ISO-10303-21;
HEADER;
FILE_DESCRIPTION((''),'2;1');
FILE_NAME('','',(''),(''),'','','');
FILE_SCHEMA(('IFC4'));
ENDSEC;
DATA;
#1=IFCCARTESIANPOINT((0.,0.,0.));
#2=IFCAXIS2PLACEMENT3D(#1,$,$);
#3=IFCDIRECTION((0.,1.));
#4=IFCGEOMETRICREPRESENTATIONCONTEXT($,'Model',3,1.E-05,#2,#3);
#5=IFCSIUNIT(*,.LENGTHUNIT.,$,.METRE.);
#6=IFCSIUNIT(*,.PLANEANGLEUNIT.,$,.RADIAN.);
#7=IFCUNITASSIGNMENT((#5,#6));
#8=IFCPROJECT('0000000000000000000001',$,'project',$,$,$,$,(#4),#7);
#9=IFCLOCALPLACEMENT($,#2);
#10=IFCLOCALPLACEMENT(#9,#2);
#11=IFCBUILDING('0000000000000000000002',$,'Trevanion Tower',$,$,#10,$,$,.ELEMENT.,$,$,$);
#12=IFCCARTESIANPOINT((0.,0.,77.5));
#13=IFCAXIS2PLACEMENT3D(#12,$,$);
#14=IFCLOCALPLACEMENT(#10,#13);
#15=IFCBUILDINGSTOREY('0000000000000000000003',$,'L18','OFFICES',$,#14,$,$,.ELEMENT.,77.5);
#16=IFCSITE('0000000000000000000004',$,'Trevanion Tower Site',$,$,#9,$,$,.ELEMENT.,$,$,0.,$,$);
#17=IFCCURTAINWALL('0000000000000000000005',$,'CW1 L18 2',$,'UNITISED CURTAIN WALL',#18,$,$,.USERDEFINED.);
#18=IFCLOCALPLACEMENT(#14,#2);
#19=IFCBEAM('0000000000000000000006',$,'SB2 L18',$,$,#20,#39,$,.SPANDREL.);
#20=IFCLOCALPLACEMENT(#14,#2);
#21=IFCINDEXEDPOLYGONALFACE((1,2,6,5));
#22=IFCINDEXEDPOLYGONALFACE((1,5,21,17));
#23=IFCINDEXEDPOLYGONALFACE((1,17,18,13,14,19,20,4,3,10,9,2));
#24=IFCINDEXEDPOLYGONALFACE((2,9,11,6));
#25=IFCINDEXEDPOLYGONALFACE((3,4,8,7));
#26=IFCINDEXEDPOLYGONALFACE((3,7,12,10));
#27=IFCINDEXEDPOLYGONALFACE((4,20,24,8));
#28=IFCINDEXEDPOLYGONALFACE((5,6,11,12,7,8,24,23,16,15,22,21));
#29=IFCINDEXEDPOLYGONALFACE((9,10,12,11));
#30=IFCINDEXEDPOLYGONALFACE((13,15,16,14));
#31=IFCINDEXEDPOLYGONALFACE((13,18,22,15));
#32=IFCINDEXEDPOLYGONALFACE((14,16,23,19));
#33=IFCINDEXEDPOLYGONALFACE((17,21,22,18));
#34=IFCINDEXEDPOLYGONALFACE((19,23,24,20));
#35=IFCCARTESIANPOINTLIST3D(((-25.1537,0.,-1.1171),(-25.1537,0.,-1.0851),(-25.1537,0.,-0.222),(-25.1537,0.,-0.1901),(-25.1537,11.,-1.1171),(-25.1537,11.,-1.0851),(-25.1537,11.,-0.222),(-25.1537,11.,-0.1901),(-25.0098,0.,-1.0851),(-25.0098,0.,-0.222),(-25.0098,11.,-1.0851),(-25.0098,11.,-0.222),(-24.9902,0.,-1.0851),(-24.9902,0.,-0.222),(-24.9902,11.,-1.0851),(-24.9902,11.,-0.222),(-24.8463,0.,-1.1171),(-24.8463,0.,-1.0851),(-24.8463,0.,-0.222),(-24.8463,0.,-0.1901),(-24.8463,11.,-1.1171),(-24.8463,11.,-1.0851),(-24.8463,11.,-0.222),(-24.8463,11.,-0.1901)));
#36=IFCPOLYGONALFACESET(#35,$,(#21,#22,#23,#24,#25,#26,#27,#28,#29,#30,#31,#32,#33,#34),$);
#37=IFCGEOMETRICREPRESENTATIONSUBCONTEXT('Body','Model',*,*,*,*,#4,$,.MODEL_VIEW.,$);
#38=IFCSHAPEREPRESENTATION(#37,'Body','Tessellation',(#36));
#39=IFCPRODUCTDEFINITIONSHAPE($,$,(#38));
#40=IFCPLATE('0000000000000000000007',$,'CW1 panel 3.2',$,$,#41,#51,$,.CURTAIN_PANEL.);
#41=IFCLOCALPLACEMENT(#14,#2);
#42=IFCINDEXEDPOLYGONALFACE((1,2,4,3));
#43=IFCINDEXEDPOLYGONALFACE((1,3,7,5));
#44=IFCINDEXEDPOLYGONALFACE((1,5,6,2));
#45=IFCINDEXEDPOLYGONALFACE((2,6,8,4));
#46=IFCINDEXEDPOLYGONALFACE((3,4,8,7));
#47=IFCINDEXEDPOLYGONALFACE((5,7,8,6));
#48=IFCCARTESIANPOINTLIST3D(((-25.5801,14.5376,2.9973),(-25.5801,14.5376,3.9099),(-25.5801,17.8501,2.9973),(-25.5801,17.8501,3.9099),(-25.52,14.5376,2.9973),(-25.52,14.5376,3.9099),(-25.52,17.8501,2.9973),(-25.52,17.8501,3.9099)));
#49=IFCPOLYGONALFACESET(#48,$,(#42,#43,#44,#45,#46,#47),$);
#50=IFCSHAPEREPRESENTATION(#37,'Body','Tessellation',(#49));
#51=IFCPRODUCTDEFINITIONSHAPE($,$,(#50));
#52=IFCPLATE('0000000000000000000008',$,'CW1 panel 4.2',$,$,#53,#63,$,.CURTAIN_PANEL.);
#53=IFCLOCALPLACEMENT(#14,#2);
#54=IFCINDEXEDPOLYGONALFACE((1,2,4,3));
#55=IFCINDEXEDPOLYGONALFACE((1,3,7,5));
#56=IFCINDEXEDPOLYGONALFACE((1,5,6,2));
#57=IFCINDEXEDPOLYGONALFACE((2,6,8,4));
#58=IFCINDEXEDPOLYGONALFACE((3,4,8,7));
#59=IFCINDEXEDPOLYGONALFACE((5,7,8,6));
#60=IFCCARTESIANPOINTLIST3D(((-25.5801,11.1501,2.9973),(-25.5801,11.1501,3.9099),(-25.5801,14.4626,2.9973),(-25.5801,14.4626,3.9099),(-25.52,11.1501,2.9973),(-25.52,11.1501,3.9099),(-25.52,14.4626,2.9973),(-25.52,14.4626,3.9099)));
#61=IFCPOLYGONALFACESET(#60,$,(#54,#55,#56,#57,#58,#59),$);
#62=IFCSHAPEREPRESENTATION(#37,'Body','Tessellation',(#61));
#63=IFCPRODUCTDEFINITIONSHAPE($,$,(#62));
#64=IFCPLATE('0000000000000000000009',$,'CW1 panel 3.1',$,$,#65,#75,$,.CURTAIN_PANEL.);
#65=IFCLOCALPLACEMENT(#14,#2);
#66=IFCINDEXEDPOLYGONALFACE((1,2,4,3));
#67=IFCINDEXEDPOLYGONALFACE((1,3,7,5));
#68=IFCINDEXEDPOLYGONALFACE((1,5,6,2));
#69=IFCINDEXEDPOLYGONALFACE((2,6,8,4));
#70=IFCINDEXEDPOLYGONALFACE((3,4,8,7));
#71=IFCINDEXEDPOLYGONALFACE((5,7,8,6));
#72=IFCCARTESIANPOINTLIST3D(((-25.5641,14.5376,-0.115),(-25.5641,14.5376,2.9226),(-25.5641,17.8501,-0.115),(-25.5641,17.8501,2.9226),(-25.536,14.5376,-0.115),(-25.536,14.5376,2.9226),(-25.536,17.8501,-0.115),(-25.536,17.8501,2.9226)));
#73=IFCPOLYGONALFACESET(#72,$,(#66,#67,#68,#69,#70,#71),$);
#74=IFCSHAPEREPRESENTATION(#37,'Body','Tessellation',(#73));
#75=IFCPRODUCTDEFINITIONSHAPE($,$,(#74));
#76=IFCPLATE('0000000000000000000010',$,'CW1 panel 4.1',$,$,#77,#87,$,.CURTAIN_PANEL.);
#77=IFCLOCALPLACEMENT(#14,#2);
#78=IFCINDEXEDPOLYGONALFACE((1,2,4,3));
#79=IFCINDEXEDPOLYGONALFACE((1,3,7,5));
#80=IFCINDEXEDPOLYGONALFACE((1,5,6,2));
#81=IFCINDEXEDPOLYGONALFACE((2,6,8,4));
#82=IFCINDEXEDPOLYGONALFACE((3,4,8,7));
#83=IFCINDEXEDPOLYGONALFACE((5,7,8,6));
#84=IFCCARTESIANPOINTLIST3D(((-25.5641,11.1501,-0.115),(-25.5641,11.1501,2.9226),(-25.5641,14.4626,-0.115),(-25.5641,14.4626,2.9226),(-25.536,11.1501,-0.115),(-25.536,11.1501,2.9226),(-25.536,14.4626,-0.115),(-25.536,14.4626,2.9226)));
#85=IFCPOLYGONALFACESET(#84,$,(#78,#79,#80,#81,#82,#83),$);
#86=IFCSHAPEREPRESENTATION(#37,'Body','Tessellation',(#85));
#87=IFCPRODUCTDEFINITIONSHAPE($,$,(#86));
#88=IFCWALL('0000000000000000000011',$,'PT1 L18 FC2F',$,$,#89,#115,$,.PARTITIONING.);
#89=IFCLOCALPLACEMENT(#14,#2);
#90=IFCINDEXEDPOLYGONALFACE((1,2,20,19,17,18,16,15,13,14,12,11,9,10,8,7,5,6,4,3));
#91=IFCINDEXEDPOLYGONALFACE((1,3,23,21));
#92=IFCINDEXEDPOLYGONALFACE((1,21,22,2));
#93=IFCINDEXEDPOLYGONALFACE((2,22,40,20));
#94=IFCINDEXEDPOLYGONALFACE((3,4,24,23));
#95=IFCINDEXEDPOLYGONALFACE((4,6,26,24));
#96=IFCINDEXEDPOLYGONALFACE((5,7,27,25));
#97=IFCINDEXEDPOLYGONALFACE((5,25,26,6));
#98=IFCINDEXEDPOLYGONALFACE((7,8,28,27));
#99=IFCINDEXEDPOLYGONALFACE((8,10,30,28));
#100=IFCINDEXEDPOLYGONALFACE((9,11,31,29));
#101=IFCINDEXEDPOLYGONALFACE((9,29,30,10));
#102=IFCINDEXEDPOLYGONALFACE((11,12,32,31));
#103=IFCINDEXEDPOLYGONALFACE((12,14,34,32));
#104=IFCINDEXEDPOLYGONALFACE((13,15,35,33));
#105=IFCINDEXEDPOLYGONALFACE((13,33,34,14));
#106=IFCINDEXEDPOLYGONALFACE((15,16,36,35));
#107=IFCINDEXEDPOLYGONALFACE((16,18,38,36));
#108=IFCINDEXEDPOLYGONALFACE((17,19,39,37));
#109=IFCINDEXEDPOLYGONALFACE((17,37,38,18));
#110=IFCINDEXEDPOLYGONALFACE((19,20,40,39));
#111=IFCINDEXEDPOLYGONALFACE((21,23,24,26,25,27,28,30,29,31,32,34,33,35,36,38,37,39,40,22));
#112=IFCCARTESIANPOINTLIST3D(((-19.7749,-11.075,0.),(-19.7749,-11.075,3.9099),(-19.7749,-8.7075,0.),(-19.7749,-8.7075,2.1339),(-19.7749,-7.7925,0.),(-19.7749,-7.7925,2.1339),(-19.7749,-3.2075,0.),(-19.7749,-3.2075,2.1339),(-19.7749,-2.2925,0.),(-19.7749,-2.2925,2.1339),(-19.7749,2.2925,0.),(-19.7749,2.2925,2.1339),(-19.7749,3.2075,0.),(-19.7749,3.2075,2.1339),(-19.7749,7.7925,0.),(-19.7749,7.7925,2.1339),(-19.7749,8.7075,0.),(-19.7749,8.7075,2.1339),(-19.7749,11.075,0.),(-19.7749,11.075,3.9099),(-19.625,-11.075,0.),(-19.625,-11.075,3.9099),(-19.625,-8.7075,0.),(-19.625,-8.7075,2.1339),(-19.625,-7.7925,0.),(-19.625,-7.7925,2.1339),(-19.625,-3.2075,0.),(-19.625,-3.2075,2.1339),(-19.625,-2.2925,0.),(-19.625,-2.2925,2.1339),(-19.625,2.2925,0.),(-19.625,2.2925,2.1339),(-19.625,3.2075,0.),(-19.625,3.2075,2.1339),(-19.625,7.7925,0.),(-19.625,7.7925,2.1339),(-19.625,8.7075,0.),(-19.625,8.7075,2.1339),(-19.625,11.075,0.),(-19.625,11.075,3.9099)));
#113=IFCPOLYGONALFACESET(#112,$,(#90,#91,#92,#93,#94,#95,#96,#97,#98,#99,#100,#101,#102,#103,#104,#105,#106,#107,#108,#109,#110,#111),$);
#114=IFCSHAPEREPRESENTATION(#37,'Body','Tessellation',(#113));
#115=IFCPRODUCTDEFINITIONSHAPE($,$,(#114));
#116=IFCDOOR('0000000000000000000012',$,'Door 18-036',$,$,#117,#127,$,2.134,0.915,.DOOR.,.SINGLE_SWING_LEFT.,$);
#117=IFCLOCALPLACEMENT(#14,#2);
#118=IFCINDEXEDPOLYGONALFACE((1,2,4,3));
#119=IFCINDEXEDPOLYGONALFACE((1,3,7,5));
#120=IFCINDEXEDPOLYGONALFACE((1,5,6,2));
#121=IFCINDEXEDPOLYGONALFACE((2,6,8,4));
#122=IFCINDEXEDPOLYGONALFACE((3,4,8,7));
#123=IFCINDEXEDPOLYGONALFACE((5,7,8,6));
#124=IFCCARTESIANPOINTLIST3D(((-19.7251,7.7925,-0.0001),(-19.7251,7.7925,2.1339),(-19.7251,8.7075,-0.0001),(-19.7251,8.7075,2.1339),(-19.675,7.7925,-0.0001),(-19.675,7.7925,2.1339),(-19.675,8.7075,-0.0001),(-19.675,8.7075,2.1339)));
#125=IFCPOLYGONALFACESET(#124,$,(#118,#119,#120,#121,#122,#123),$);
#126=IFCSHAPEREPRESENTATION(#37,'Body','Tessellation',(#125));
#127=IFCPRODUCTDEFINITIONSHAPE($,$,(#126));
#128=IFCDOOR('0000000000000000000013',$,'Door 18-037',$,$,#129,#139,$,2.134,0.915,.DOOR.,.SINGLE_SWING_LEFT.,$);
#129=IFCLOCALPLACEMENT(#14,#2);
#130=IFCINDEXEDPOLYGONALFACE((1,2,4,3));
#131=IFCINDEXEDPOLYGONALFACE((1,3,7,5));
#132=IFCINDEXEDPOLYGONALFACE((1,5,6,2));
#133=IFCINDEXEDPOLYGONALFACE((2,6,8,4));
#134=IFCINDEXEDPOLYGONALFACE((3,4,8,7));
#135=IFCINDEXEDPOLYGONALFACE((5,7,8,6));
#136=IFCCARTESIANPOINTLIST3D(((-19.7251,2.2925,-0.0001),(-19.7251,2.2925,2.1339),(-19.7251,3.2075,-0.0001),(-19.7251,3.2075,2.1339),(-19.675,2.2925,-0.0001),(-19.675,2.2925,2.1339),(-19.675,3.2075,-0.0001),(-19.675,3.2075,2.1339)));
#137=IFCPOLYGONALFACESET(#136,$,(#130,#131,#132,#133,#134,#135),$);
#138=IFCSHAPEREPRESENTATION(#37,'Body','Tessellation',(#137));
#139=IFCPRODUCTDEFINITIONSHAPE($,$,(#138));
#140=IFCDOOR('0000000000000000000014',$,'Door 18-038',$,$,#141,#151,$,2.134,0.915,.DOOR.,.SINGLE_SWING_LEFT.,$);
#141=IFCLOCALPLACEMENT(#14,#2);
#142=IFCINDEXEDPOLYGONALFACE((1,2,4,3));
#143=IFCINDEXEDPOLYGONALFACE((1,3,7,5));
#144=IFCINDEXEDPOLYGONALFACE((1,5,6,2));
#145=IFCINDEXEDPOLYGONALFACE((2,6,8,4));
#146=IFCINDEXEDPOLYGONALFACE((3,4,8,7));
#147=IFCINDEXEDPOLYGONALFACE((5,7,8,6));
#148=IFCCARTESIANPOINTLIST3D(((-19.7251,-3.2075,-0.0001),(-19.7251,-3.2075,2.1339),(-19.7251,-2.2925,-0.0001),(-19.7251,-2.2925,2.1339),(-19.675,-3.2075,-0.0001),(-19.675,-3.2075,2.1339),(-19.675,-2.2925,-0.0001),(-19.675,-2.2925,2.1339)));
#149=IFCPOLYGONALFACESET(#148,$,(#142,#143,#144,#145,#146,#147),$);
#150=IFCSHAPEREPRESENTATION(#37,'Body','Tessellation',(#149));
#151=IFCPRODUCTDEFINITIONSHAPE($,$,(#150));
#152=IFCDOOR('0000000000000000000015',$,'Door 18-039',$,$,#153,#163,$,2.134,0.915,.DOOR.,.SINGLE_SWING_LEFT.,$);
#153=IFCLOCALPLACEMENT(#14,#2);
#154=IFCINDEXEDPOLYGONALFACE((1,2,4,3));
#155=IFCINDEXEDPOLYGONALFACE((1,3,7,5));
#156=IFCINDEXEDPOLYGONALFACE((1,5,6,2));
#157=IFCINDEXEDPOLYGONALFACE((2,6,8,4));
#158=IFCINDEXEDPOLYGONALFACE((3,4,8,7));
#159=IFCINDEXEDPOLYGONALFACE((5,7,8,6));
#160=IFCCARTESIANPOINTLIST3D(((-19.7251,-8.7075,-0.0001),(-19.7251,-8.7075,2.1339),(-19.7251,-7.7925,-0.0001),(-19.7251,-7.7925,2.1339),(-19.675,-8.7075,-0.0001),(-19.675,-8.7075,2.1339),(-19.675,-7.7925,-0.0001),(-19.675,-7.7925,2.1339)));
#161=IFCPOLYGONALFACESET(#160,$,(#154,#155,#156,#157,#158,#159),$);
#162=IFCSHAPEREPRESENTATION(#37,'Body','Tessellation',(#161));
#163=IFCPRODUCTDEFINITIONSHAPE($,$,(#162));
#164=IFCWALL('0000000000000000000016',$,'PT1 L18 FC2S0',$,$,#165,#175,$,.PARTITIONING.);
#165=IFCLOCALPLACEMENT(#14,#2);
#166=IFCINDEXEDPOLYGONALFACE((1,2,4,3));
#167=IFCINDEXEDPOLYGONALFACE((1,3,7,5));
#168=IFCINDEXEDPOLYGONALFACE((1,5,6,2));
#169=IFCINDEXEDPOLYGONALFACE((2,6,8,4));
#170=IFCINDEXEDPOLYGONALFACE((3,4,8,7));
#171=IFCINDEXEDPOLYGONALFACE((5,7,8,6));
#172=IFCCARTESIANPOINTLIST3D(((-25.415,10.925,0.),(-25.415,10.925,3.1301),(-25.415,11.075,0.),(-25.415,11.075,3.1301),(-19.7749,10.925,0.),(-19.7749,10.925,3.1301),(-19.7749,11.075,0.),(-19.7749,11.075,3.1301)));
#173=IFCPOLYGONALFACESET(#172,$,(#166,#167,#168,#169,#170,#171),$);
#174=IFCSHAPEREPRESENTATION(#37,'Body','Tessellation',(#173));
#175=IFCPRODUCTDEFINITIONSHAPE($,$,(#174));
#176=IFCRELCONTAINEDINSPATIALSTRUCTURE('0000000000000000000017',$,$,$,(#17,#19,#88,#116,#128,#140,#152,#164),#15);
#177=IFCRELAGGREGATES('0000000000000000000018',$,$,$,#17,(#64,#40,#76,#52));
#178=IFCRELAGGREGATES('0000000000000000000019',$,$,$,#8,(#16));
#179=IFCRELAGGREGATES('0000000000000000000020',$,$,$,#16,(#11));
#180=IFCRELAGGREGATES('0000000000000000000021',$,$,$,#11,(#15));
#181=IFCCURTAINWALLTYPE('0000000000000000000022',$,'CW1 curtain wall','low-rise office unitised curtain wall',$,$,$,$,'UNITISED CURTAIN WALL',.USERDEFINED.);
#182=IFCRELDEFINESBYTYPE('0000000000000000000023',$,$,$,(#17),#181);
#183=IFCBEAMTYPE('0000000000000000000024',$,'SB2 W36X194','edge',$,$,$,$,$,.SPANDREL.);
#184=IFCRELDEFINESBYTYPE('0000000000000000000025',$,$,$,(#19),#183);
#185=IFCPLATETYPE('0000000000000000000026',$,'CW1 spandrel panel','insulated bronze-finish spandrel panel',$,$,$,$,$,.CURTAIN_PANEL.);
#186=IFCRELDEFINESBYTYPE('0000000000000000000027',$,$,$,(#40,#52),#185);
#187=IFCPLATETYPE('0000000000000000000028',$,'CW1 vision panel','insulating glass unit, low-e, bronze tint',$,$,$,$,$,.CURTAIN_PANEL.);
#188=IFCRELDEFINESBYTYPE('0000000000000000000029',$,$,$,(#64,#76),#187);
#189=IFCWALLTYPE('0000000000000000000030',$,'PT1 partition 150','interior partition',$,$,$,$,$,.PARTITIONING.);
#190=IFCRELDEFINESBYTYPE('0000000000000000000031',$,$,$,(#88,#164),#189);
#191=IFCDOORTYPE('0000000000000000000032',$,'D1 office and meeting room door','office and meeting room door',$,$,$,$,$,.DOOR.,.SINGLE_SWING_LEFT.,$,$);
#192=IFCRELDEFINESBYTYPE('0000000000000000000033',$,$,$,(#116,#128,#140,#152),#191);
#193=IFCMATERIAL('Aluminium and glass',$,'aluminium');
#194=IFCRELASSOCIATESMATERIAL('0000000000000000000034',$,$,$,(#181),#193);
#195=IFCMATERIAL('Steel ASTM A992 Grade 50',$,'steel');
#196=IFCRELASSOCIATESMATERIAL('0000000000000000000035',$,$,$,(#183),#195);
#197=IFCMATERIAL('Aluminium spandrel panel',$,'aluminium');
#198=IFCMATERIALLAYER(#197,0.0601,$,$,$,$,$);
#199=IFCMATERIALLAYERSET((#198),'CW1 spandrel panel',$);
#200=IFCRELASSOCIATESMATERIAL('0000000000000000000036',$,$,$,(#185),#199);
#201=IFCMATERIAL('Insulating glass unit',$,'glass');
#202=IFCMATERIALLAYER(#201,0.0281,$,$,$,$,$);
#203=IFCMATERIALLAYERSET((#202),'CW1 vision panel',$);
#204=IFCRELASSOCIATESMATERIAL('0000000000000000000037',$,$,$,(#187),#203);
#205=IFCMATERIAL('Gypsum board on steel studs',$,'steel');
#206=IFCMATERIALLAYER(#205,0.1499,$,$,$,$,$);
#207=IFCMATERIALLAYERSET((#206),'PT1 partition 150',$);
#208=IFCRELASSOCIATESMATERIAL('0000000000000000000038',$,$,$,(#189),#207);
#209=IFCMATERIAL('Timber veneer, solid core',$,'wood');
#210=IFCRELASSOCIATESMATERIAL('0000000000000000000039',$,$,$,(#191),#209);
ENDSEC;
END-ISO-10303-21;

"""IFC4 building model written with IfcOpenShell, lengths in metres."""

from ifc_helpers import new_model, si_unit, direction, frame, frame_2d, origin, origin_2d, place, context, subcontext, project, spatial, rectangle, i_section, extrude, material, layer, layer_set, material_profile, profile_set, type_object, element, fill, aggregate, save


model = new_model("IFC4")

# Units and contexts
model_context = context("Model", 3, precision=1e-05, world=origin(), true_north=direction((0.0, 1.0)))
body_context = subcontext(model_context, "Body", "Model", "MODEL_VIEW")
ifc_project = project(units=[si_unit("LENGTHUNIT", "METRE"), si_unit("PLANEANGLEUNIT", "RADIAN")], contexts=[model_context])

# Site, building, storey
site_placement = place(None, origin())
site = spatial("IfcSite", under=ifc_project, at=site_placement, Name="Trevanion Tower Site", CompositionType="ELEMENT", RefElevation=0.0)
building_placement = place(site_placement, origin())
building = spatial("IfcBuilding", under=site, at=building_placement, Name="Trevanion Tower", CompositionType="ELEMENT")
storey_placement = place(building_placement, frame((0.0, 0.0, 77.5)))
storey = spatial("IfcBuildingStorey", under=building, at=storey_placement, Name="L18", Description="OFFICES", CompositionType="ELEMENT", Elevation=77.5)

# Curtain wall
ifc_material_1 = material(Name="Aluminium and glass", Category="aluminium")
curtain_wall_type = type_object("IfcCurtainWallType", Name="CW1 curtain wall", Description="low-rise office unitised curtain wall", ElementType="UNITISED CURTAIN WALL", PredefinedType="USERDEFINED", material=ifc_material_1)
curtain_wall_placement = place(storey_placement, origin())
curtain_wall = element("IfcCurtainWall", 1, at=curtain_wall_placement, inside=storey, type_object=curtain_wall_type, Name="CW1 L18 2", ObjectType="UNITISED CURTAIN WALL", PredefinedType="USERDEFINED")

# Beam
ifc_material_2 = material(Name="Steel ASTM A992 Grade 50", Category="steel")
ifc_material_profile_1 = material_profile(ifc_material_2, i_section(OverallWidth=0.3074, OverallDepth=0.927, WebThickness=0.0195, FlangeThickness=0.032, at=origin_2d()), Name="W36X194")
ifc_profile_set_1 = profile_set([ifc_material_profile_1], Name="Steel ASTM A992 Grade 50")
beam_type = type_object("IfcBeamType", Name="SB2 W36X194", Description="edge", PredefinedType="SPANDREL", material=ifc_profile_set_1)
beam_1_placement = place(storey_placement, frame((-25.0, 11.0, -0.6536), z_axis=(0.0, -1.0, 0.0), x_axis=(1.0, 0.0, 0.0)))
element("IfcBeam", 2, at=beam_1_placement, inside=storey, type_object=beam_type, Name="SB2 L18", PredefinedType="SPANDREL", context=body_context, shape_type="SweptSolid", body=[
    extrude(i_section(OverallWidth=0.3074, OverallDepth=0.927, WebThickness=0.0195, FlangeThickness=0.032, at=origin_2d()), origin(), (0.0, 0.0, 1.0), 11.0),
])

# Plates
ifc_material_3 = material(Name="Aluminium spandrel panel", Category="aluminium")
ifc_layer_1 = layer(ifc_material_3, 0.0601)
ifc_layer_set_1 = layer_set([ifc_layer_1], Name="CW1 spandrel panel")
plate_type_1 = type_object("IfcPlateType", Name="CW1 spandrel panel", Description="insulated bronze-finish spandrel panel", PredefinedType="CURTAIN_PANEL", material=ifc_layer_set_1)
plate_1_placement = place(storey_placement, frame((-25.55, 16.1938, 2.9973), z_axis=(0.0, 0.0, 1.0), x_axis=(0.0, -1.0, 0.0)))
plate_1 = element("IfcPlate", 3, at=plate_1_placement, type_object=plate_type_1, Name="CW1 panel 3.2", PredefinedType="CURTAIN_PANEL", context=body_context, shape_type="SweptSolid", body=[
    extrude(rectangle(XDim=3.3125, YDim=0.0601, at=origin_2d()), origin(), (0.0, 0.0, 1.0), 0.9126),
])
plate_2_placement = place(storey_placement, frame((-25.55, 12.8064, 2.9973), z_axis=(0.0, 0.0, 1.0), x_axis=(0.0, -1.0, 0.0)))
plate_2 = element("IfcPlate", 4, at=plate_2_placement, type_object=plate_type_1, Name="CW1 panel 4.2", PredefinedType="CURTAIN_PANEL", context=body_context, shape_type="SweptSolid", body=[
    extrude(rectangle(XDim=3.3125, YDim=0.0601, at=origin_2d()), origin(), (0.0, 0.0, 1.0), 0.9126),
])
ifc_material_4 = material(Name="Insulating glass unit", Category="glass")
ifc_layer_2 = layer(ifc_material_4, 0.0281)
ifc_layer_set_2 = layer_set([ifc_layer_2], Name="CW1 vision panel")
plate_type_2 = type_object("IfcPlateType", Name="CW1 vision panel", Description="insulating glass unit, low-e, bronze tint", PredefinedType="CURTAIN_PANEL", material=ifc_layer_set_2)
plate_3_placement = place(storey_placement, frame((-25.55, 16.1938, -0.115), z_axis=(0.0, 0.0, 1.0), x_axis=(0.0, -1.0, 0.0)))
plate_3 = element("IfcPlate", 5, at=plate_3_placement, type_object=plate_type_2, Name="CW1 panel 3.1", PredefinedType="CURTAIN_PANEL", context=body_context, shape_type="SweptSolid", body=[
    extrude(rectangle(XDim=3.3125, YDim=0.0281, at=origin_2d()), origin(), (0.0, 0.0, 1.0), 3.0376),
])
plate_4_placement = place(storey_placement, frame((-25.55, 12.8064, -0.115), z_axis=(0.0, 0.0, 1.0), x_axis=(0.0, -1.0, 0.0)))
plate_4 = element("IfcPlate", 6, at=plate_4_placement, type_object=plate_type_2, Name="CW1 panel 4.1", PredefinedType="CURTAIN_PANEL", context=body_context, shape_type="SweptSolid", body=[
    extrude(rectangle(XDim=3.3125, YDim=0.0281, at=origin_2d()), origin(), (0.0, 0.0, 1.0), 3.0376),
])
aggregate(curtain_wall, [plate_3, plate_1, plate_4, plate_2])

# Wall, openings, doors
ifc_material_5 = material(Name="Gypsum board on steel studs", Category="steel")
ifc_layer_3 = layer(ifc_material_5, 0.1499)
ifc_layer_set_3 = layer_set([ifc_layer_3], Name="PT1 partition 150")
wall_type = type_object("IfcWallType", Name="PT1 partition 150", Description="interior partition", PredefinedType="PARTITIONING", material=ifc_layer_set_3)
wall_1_placement = place(storey_placement, frame((-19.7, 11.075, 0.0), z_axis=(0.0, 0.0, 1.0), x_axis=(0.0, -1.0, 0.0)))
wall_1 = element("IfcWall", 7, at=wall_1_placement, inside=storey, type_object=wall_type, Name="PT1 L18 FC2F", PredefinedType="PARTITIONING", context=body_context, shape_type="SweptSolid", body=[
    extrude(rectangle(XDim=22.1499, YDim=0.1499, at=frame_2d((11.075, 0.0))), origin(), (0.0, 0.0, 1.0), 3.9099),
])
opening_1_placement = place(wall_1_placement, frame((2.3674, 0.0, 0.0)))
opening_1 = element("IfcOpeningElement", 8, at=opening_1_placement, cuts=wall_1, PredefinedType="OPENING", context=body_context, shape_type="SweptSolid", body=[
    extrude(rectangle(XDim=0.915, YDim=2.134, at=frame_2d((0.4575, 1.0669))), frame((0.0, 0.085, 0.0), z_axis=(0.0, -1.0, 0.0), x_axis=(1.0, 0.0, 0.0)), (0.0, 0.0, 1.0), 0.1699),
])
opening_2_placement = place(wall_1_placement, frame((7.8674, 0.0, 0.0)))
opening_2 = element("IfcOpeningElement", 9, at=opening_2_placement, cuts=wall_1, PredefinedType="OPENING", context=body_context, shape_type="SweptSolid", body=[
    extrude(rectangle(XDim=0.915, YDim=2.134, at=frame_2d((0.4575, 1.0669))), frame((0.0, 0.085, 0.0), z_axis=(0.0, -1.0, 0.0), x_axis=(1.0, 0.0, 0.0)), (0.0, 0.0, 1.0), 0.1699),
])
opening_3_placement = place(wall_1_placement, frame((13.3674, 0.0, 0.0)))
opening_3 = element("IfcOpeningElement", 10, at=opening_3_placement, cuts=wall_1, PredefinedType="OPENING", context=body_context, shape_type="SweptSolid", body=[
    extrude(rectangle(XDim=0.915, YDim=2.134, at=frame_2d((0.4575, 1.0669))), frame((0.0, 0.085, 0.0), z_axis=(0.0, -1.0, 0.0), x_axis=(1.0, 0.0, 0.0)), (0.0, 0.0, 1.0), 0.1699),
])
opening_4_placement = place(wall_1_placement, frame((18.8674, 0.0, 0.0)))
opening_4 = element("IfcOpeningElement", 11, at=opening_4_placement, cuts=wall_1, PredefinedType="OPENING", context=body_context, shape_type="SweptSolid", body=[
    extrude(rectangle(XDim=0.915, YDim=2.134, at=frame_2d((0.4575, 1.0669))), frame((0.0, 0.085, 0.0), z_axis=(0.0, -1.0, 0.0), x_axis=(1.0, 0.0, 0.0)), (0.0, 0.0, 1.0), 0.1699),
])
ifc_material_6 = material(Name="Timber veneer, solid core", Category="wood")
door_type = type_object("IfcDoorType", Name="D1 office and meeting room door", Description="office and meeting room door", OperationType="SINGLE_SWING_LEFT", PredefinedType="DOOR", material=ifc_material_6)
door_1_placement = place(opening_1_placement, origin())
door_1 = element("IfcDoor", 12, at=door_1_placement, inside=storey, type_object=door_type, Name="Door 18-036", OperationType="SINGLE_SWING_LEFT", OverallHeight=2.134, OverallWidth=0.915, PredefinedType="DOOR", context=body_context, shape_type="SweptSolid", body=[
    extrude(rectangle(XDim=0.915, YDim=2.134, at=frame_2d((0.4575, 1.0669))), frame((0.0, 0.0249, 0.0), z_axis=(0.0, -1.0, 0.0), x_axis=(1.0, 0.0, 0.0)), (0.0, 0.0, 1.0), 0.05),
])
fill(opening_1, door_1)
door_2_placement = place(opening_2_placement, origin())
door_2 = element("IfcDoor", 13, at=door_2_placement, inside=storey, type_object=door_type, Name="Door 18-037", OperationType="SINGLE_SWING_LEFT", OverallHeight=2.134, OverallWidth=0.915, PredefinedType="DOOR", context=body_context, shape_type="SweptSolid", body=[
    extrude(rectangle(XDim=0.915, YDim=2.134, at=frame_2d((0.4575, 1.0669))), frame((0.0, 0.0249, 0.0), z_axis=(0.0, -1.0, 0.0), x_axis=(1.0, 0.0, 0.0)), (0.0, 0.0, 1.0), 0.05),
])
fill(opening_2, door_2)
door_3_placement = place(opening_3_placement, origin())
door_3 = element("IfcDoor", 14, at=door_3_placement, inside=storey, type_object=door_type, Name="Door 18-038", OperationType="SINGLE_SWING_LEFT", OverallHeight=2.134, OverallWidth=0.915, PredefinedType="DOOR", context=body_context, shape_type="SweptSolid", body=[
    extrude(rectangle(XDim=0.915, YDim=2.134, at=frame_2d((0.4575, 1.0669))), frame((0.0, 0.0249, 0.0), z_axis=(0.0, -1.0, 0.0), x_axis=(1.0, 0.0, 0.0)), (0.0, 0.0, 1.0), 0.05),
])
fill(opening_3, door_3)
door_4_placement = place(opening_4_placement, origin())
door_4 = element("IfcDoor", 15, at=door_4_placement, inside=storey, type_object=door_type, Name="Door 18-039", OperationType="SINGLE_SWING_LEFT", OverallHeight=2.134, OverallWidth=0.915, PredefinedType="DOOR", context=body_context, shape_type="SweptSolid", body=[
    extrude(rectangle(XDim=0.915, YDim=2.134, at=frame_2d((0.4575, 1.0669))), frame((0.0, 0.0249, 0.0), z_axis=(0.0, -1.0, 0.0), x_axis=(1.0, 0.0, 0.0)), (0.0, 0.0, 1.0), 0.05),
])
fill(opening_4, door_4)

# Wall
wall_2_placement = place(storey_placement, frame((-19.7749, 11.0, 0.0), z_axis=(0.0, 0.0, 1.0), x_axis=(-1.0, 0.0, 0.0)))
element("IfcWall", 16, at=wall_2_placement, inside=storey, type_object=wall_type, Name="PT1 L18 FC2S0", PredefinedType="PARTITIONING", context=body_context, shape_type="SweptSolid", body=[
    extrude(rectangle(XDim=5.6401, YDim=0.1499, at=frame_2d((2.8201, 0.0))), origin(), (0.0, 0.0, 1.0), 3.1301),
])

save(model, "model.ifc")
